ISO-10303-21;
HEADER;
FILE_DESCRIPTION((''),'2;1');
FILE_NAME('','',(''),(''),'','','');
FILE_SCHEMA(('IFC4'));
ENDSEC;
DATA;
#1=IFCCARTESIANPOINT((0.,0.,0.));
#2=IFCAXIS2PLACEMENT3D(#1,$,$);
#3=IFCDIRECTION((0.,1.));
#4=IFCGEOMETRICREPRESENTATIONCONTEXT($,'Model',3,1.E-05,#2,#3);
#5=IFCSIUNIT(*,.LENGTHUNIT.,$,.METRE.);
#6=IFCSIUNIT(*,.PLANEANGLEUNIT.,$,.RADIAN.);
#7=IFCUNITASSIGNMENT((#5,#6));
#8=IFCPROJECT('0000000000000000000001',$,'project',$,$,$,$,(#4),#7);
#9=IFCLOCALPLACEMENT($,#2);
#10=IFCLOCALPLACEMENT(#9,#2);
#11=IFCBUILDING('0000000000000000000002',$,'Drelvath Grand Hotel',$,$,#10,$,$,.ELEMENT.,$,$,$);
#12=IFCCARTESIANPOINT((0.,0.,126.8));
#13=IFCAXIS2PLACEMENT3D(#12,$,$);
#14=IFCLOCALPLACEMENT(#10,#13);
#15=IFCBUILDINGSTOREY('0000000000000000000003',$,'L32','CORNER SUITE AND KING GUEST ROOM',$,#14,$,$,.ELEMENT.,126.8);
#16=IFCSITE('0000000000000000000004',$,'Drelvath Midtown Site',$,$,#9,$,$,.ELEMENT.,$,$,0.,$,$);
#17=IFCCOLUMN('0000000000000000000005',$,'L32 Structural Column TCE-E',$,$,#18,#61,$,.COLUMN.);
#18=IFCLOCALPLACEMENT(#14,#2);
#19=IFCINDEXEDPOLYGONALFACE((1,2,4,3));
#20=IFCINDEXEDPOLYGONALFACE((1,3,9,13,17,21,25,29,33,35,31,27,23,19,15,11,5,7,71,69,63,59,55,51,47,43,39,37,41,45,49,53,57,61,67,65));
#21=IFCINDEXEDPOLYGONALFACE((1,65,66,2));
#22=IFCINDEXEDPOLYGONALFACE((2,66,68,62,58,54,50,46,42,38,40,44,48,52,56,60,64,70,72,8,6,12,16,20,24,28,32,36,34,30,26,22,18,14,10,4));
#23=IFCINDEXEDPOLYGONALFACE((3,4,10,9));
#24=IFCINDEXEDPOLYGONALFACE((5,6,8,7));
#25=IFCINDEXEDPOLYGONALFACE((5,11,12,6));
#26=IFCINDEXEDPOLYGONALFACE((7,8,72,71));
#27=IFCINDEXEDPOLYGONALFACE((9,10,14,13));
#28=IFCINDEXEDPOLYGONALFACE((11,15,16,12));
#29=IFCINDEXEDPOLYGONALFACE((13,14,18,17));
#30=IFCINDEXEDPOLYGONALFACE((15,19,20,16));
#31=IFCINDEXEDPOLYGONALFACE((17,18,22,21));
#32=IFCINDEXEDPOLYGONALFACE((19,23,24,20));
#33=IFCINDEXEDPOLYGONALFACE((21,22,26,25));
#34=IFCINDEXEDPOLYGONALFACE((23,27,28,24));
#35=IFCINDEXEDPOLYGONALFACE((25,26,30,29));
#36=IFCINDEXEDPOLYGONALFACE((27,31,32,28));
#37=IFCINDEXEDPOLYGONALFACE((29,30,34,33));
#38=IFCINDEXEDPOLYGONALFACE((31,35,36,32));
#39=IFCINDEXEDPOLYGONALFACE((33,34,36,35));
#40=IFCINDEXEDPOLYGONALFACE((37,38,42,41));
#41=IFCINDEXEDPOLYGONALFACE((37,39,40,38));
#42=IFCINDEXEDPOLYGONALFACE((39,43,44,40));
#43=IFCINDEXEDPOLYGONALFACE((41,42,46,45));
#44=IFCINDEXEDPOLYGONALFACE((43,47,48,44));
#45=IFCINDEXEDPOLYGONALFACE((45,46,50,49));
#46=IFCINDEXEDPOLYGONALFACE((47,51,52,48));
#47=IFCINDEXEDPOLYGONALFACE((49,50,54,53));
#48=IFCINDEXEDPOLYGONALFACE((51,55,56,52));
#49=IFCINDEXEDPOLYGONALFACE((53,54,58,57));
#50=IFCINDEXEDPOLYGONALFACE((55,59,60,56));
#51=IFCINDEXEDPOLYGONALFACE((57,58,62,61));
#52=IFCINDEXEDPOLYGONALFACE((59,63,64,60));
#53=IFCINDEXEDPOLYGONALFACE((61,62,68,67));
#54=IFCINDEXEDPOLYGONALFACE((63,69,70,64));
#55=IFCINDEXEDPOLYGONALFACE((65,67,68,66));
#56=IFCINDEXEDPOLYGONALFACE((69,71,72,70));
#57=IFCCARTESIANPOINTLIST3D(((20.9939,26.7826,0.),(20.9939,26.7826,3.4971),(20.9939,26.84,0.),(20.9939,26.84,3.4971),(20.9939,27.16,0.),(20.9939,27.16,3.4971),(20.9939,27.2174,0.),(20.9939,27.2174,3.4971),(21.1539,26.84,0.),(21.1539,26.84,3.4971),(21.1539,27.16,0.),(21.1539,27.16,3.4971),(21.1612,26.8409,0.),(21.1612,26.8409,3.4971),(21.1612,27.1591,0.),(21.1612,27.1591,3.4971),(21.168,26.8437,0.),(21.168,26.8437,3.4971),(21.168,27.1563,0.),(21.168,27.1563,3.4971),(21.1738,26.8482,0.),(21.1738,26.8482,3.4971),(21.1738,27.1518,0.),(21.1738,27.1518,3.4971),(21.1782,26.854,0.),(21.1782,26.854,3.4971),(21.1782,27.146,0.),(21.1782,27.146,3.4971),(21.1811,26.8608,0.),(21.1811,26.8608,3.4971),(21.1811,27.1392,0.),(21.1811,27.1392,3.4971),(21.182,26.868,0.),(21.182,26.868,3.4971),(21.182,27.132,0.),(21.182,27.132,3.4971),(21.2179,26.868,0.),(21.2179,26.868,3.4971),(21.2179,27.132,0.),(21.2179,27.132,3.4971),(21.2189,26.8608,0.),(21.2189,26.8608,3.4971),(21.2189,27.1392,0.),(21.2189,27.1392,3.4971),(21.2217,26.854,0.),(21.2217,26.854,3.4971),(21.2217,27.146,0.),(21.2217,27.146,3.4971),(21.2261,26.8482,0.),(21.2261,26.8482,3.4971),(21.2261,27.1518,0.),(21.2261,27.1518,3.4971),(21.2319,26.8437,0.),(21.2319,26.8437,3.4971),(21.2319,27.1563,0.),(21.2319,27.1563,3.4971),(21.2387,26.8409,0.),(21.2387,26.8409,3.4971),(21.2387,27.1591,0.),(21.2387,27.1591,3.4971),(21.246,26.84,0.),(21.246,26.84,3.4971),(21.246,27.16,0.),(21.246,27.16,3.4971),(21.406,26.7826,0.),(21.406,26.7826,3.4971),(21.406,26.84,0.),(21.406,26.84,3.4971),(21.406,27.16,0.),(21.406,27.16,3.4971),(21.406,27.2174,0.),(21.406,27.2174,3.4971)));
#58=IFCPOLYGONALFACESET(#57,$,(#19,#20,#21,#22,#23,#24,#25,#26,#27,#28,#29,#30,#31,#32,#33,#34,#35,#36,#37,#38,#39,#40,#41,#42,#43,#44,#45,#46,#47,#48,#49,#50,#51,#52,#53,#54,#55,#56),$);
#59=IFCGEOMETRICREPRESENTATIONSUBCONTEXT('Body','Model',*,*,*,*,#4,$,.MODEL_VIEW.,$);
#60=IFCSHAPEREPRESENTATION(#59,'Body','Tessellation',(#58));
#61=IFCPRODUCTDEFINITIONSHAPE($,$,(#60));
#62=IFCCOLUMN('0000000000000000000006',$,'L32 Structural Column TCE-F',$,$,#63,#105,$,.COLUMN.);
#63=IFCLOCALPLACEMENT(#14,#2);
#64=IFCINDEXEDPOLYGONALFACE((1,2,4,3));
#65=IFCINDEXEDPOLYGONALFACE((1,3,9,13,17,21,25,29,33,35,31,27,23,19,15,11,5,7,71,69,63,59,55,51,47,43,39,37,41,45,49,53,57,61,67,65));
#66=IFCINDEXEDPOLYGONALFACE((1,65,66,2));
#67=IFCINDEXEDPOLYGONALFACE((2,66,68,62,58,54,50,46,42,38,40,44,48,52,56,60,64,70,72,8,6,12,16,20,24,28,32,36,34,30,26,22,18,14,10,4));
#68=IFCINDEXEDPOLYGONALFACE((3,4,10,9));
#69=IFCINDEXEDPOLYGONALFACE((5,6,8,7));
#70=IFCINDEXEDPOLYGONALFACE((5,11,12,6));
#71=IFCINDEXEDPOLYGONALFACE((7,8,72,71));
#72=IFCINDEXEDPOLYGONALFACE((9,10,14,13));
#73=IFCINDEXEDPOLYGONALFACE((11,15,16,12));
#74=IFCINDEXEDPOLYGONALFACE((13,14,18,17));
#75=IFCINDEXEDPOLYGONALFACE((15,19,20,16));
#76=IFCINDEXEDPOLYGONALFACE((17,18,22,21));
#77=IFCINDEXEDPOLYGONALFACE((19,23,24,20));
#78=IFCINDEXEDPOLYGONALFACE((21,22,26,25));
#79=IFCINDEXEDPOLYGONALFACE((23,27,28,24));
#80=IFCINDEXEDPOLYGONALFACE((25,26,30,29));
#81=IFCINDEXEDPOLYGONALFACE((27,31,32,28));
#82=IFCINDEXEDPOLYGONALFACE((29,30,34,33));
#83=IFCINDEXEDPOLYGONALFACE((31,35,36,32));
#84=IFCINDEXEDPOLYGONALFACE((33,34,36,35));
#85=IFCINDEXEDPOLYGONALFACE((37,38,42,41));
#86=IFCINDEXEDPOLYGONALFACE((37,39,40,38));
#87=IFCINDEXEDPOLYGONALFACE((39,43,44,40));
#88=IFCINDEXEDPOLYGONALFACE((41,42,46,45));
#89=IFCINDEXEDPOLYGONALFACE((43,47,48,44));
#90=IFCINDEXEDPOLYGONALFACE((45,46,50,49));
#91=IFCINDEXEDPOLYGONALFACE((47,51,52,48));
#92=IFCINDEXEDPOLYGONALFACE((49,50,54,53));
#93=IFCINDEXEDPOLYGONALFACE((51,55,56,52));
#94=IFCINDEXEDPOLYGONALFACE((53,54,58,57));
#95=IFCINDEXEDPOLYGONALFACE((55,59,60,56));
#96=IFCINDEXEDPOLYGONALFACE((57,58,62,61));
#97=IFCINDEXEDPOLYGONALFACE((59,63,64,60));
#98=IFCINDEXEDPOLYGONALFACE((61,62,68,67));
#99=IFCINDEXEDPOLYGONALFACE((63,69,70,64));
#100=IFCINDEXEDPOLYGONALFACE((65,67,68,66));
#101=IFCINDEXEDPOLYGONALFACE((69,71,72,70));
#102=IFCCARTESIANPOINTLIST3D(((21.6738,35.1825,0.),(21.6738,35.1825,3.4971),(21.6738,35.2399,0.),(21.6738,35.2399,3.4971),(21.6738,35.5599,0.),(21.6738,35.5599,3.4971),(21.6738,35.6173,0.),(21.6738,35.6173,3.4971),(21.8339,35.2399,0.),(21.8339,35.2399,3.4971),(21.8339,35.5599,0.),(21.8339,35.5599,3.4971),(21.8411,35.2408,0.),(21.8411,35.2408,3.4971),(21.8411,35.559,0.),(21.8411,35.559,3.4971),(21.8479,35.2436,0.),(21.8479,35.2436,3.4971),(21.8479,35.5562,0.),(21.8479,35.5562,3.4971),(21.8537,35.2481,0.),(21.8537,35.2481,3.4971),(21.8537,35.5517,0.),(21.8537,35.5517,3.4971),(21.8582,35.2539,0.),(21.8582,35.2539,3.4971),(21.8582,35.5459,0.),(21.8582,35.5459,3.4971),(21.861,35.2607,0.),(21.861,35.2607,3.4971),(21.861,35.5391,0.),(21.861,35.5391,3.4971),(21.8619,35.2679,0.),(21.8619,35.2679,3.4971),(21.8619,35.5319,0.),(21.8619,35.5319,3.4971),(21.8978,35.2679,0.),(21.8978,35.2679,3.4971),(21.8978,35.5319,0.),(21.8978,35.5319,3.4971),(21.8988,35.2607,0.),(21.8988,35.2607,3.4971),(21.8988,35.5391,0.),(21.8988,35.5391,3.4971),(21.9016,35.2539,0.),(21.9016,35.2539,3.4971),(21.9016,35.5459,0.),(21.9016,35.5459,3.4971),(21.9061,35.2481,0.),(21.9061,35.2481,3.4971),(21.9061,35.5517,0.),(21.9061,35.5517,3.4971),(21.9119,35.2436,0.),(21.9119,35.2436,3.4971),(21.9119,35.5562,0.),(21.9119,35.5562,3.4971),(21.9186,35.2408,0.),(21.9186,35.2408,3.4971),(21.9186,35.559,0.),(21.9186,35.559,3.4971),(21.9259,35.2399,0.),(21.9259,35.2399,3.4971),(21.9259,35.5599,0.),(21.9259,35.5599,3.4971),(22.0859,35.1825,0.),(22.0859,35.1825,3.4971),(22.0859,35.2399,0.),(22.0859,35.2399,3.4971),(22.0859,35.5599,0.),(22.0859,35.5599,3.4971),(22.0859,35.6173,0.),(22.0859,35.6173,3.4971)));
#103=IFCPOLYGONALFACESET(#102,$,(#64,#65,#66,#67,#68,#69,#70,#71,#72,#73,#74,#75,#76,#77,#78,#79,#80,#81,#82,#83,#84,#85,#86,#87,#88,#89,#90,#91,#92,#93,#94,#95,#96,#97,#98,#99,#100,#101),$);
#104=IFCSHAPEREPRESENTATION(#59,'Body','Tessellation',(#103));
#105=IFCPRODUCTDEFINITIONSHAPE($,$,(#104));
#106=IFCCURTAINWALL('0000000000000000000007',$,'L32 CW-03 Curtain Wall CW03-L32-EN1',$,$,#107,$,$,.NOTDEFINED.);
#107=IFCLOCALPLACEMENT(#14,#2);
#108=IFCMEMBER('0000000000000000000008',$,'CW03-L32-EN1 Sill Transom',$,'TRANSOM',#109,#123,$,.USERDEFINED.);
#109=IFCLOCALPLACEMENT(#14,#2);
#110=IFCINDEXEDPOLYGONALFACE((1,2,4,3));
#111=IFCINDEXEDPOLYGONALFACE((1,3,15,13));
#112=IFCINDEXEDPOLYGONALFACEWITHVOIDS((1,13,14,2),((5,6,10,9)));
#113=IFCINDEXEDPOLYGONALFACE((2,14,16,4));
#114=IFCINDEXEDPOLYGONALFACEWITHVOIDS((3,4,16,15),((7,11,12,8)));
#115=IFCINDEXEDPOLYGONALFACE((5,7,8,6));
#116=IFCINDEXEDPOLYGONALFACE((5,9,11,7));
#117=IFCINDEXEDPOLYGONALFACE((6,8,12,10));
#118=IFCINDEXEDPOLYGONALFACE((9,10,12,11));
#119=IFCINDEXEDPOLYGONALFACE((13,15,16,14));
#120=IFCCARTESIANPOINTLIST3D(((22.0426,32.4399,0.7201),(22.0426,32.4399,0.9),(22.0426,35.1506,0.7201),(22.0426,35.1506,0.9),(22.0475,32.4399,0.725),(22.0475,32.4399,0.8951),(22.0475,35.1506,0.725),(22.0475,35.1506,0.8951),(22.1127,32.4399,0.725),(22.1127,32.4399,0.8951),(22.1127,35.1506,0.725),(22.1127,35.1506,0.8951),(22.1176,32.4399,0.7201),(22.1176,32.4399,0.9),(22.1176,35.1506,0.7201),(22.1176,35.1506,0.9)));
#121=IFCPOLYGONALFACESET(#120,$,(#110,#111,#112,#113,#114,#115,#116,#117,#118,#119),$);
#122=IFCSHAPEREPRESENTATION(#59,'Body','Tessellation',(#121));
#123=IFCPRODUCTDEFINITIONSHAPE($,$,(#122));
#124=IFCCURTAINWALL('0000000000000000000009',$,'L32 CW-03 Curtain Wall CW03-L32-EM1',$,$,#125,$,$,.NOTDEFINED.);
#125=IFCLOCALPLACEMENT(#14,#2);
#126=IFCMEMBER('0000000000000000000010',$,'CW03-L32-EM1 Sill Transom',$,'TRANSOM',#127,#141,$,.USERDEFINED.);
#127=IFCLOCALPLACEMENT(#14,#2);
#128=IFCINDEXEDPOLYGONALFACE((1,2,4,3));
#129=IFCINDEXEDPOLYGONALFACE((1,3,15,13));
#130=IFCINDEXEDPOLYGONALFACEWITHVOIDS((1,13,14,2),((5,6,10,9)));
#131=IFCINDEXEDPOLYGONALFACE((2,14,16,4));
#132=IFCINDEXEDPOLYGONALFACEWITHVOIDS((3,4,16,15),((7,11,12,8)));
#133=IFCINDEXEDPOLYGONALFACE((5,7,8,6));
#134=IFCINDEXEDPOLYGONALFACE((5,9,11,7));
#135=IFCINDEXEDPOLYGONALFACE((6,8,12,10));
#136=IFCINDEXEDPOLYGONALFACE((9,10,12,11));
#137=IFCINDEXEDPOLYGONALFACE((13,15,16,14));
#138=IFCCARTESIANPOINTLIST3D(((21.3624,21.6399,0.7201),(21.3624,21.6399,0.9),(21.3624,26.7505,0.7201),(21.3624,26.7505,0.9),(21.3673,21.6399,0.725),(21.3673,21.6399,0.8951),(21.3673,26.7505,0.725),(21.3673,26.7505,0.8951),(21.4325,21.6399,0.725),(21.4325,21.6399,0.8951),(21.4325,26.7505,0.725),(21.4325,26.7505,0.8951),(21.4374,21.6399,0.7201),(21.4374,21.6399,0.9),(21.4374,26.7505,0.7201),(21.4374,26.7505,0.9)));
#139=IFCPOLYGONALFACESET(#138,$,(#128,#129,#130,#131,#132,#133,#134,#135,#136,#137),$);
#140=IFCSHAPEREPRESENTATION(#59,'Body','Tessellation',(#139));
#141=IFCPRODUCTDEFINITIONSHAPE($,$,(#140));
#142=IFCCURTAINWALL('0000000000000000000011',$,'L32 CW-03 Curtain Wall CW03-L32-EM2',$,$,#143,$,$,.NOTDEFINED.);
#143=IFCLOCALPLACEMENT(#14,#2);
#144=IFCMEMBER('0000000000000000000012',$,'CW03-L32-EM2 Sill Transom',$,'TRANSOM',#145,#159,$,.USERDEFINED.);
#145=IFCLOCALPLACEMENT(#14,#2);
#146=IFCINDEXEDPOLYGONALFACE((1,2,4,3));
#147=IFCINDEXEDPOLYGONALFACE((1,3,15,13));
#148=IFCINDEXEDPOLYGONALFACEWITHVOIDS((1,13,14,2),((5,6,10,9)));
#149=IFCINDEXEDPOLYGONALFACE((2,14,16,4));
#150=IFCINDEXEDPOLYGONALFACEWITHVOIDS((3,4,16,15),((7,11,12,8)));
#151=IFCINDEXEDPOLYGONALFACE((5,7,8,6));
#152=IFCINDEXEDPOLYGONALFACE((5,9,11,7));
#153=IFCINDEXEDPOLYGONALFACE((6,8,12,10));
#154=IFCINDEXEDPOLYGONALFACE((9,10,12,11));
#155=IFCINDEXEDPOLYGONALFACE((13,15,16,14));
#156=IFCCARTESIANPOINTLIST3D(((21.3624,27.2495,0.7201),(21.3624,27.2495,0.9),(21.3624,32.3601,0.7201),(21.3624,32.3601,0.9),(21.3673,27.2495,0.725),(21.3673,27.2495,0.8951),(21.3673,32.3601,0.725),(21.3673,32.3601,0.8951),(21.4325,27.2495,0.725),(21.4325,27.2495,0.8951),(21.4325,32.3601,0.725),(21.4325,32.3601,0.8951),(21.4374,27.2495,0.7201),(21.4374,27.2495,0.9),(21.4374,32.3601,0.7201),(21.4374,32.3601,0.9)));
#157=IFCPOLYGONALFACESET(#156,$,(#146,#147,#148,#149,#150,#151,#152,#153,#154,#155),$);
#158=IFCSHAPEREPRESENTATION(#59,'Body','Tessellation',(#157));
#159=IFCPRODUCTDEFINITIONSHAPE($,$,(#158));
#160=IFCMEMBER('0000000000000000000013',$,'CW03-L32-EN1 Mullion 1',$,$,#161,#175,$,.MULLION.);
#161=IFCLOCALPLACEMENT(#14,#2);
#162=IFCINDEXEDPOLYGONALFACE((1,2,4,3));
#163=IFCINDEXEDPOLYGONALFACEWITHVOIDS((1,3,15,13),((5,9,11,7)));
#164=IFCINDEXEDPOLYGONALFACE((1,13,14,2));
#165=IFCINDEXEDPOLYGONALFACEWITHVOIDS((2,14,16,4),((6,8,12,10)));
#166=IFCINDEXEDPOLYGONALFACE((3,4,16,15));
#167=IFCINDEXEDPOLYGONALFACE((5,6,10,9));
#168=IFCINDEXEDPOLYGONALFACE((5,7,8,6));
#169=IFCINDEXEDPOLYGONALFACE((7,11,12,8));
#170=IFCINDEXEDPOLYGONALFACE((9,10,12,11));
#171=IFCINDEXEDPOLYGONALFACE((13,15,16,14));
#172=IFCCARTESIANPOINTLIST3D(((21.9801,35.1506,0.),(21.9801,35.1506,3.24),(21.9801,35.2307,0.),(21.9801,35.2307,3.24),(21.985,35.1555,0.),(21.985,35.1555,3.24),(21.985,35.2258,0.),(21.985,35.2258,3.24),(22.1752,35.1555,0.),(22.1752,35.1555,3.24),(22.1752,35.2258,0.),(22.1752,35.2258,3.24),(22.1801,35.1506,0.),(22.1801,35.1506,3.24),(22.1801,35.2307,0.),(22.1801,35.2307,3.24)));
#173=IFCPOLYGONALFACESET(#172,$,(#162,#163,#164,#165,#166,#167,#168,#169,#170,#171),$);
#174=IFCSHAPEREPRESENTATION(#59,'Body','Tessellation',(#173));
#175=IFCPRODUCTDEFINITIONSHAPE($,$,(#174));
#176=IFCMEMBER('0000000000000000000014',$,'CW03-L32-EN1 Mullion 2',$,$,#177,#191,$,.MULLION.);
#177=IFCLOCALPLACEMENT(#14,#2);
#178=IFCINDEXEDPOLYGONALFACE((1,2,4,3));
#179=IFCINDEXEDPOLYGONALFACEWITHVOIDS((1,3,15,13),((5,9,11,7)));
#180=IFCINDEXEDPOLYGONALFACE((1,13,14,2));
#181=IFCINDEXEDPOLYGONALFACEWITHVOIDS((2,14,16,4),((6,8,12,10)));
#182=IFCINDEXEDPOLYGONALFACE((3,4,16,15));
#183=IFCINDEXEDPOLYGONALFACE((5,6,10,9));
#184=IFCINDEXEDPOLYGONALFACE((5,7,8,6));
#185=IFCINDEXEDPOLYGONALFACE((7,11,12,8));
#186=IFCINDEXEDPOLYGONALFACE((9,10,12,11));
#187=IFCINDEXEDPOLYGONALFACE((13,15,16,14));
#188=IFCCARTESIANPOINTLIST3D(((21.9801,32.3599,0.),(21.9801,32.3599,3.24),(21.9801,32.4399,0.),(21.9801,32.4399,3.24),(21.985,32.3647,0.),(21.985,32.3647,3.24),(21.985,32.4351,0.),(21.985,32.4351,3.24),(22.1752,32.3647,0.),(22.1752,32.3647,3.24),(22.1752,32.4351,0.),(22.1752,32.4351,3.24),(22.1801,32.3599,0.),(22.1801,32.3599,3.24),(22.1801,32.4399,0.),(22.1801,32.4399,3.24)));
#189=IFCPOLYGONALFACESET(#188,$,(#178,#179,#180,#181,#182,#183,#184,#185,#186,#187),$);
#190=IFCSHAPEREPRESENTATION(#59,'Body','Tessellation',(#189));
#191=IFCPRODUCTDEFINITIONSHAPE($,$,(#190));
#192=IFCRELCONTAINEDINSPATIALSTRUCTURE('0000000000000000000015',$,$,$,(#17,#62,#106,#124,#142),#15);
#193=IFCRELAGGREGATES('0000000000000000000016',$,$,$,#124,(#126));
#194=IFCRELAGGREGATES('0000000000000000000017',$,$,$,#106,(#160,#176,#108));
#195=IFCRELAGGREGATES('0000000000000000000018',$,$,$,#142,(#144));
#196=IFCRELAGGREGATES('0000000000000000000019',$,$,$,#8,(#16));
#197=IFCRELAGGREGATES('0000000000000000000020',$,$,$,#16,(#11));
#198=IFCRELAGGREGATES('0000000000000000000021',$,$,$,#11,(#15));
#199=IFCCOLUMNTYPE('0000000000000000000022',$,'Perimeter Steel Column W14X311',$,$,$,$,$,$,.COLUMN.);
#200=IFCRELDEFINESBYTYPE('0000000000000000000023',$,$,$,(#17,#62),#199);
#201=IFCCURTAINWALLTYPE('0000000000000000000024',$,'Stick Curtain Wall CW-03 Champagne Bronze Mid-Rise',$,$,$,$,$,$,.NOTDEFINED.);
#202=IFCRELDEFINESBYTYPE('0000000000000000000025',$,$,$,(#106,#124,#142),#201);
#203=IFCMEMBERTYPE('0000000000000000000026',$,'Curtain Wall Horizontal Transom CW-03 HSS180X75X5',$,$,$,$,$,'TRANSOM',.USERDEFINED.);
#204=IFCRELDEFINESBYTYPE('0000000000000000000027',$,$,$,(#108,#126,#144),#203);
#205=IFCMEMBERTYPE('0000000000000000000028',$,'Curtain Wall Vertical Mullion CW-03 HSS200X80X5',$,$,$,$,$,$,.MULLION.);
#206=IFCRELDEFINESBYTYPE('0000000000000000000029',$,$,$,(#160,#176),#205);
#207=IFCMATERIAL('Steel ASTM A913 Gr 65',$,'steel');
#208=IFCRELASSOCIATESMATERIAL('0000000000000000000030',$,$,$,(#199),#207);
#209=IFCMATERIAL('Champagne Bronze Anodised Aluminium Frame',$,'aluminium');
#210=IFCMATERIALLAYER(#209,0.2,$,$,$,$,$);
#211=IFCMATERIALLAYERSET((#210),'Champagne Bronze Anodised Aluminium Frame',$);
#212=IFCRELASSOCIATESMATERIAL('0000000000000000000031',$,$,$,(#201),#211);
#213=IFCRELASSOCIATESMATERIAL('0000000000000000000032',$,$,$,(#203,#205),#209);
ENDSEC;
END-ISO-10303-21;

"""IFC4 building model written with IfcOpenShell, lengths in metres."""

from ifc_helpers import new_model, si_unit, direction, frame, origin, origin_2d, place, context, subcontext, project, spatial, hollow_rectangle, i_section, extrude, material, layer, layer_set, material_profile, profile_set, type_object, element, aggregate, save


model = new_model("IFC4")

# Units and contexts
model_context = context("Model", 3, precision=1e-05, world=origin(), true_north=direction((0.0, 1.0)))
body_context = subcontext(model_context, "Body", "Model", "MODEL_VIEW")
ifc_project = project(units=[si_unit("LENGTHUNIT", "METRE"), si_unit("PLANEANGLEUNIT", "RADIAN")], contexts=[model_context])

# Site, building, storey
site_placement = place(None, origin())
site = spatial("IfcSite", under=ifc_project, at=site_placement, Name="Drelvath Midtown Site", CompositionType="ELEMENT", RefElevation=0.0)
building_placement = place(site_placement, origin())
building = spatial("IfcBuilding", under=site, at=building_placement, Name="Drelvath Grand Hotel", CompositionType="ELEMENT")
storey_placement = place(building_placement, frame((0.0, 0.0, 126.8)))
storey = spatial("IfcBuildingStorey", under=building, at=storey_placement, Name="L32", Description="CORNER SUITE AND KING GUEST ROOM", CompositionType="ELEMENT", Elevation=126.8)

# Columns
ifc_material_1 = material(Name="Steel ASTM A913 Gr 65", Category="steel")
ifc_material_profile_1 = material_profile(ifc_material_1, i_section(OverallWidth=0.4121, OverallDepth=0.4348, WebThickness=0.0359, FlangeThickness=0.0574, FilletRadius=0.0281, at=origin_2d()), Name="W14X311")
ifc_profile_set_1 = profile_set([ifc_material_profile_1], Name="Steel ASTM A913 Gr 65")
column_type = type_object("IfcColumnType", Name="Perimeter Steel Column W14X311", PredefinedType="COLUMN", material=ifc_profile_set_1)
for number, where, z_axis, x_axis, name in (
    (1, (21.2, 27.0, 0.0), (0.0, 0.0, 1.0), (1.0, 0.0, 0.0), "L32 Structural Column TCE-E"),
    (2, (21.8799, 35.3999, 0.0), (0.0, 0.0, 1.0), (1.0, 0.0, 0.0), "L32 Structural Column TCE-F"),
):
    element("IfcColumn", number, at=place(storey_placement, frame(where, z_axis=z_axis, x_axis=x_axis)), inside=storey, type_object=column_type, Name=name, PredefinedType="COLUMN", context=body_context, shape_type="SweptSolid", body=[
        extrude(i_section(OverallWidth=0.4121, OverallDepth=0.4348, WebThickness=0.0359, FlangeThickness=0.0574, FilletRadius=0.0281, at=origin_2d()), origin(), (0.0, 0.0, 1.0), 3.4971),
    ])

# Curtain walls, members
ifc_material_2 = material(Name="Champagne Bronze Anodised Aluminium Frame", Category="aluminium")
ifc_layer_1 = layer(ifc_material_2, 0.2)
ifc_layer_set_1 = layer_set([ifc_layer_1], Name="Champagne Bronze Anodised Aluminium Frame")
curtain_wall_type = type_object("IfcCurtainWallType", Name="Stick Curtain Wall CW-03 Champagne Bronze Mid-Rise", PredefinedType="NOTDEFINED", material=ifc_layer_set_1)
curtain_wall_1_placement = place(storey_placement, origin())
curtain_wall_1 = element("IfcCurtainWall", 3, at=curtain_wall_1_placement, inside=storey, type_object=curtain_wall_type, Name="L32 CW-03 Curtain Wall CW03-L32-EN1", PredefinedType="NOTDEFINED")
ifc_material_profile_2 = material_profile(ifc_material_2, hollow_rectangle(XDim=0.075, YDim=0.1799, WallThickness=0.0049, at=origin_2d()), Name="HSS180X75X5")
ifc_profile_set_2 = profile_set([ifc_material_profile_2], Name="Champagne Bronze Anodised Aluminium Frame")
member_type_1 = type_object("IfcMemberType", Name="Curtain Wall Horizontal Transom CW-03 HSS180X75X5", ElementType="TRANSOM", PredefinedType="USERDEFINED", material=ifc_profile_set_2)
member_1_placement = place(storey_placement, frame((22.0801, 35.1506, 0.8101), z_axis=(0.0, -1.0, 0.0), x_axis=(1.0, 0.0, 0.0)))
member_1 = element("IfcMember", 4, at=member_1_placement, type_object=member_type_1, Name="CW03-L32-EN1 Sill Transom", ObjectType="TRANSOM", PredefinedType="USERDEFINED", context=body_context, shape_type="SweptSolid", body=[
    extrude(hollow_rectangle(XDim=0.075, YDim=0.1799, WallThickness=0.0049, at=origin_2d()), origin(), (0.0, 0.0, 1.0), 2.7107),
])
curtain_wall_2_placement = place(storey_placement, origin())
curtain_wall_2 = element("IfcCurtainWall", 5, at=curtain_wall_2_placement, inside=storey, type_object=curtain_wall_type, Name="L32 CW-03 Curtain Wall CW03-L32-EM1", PredefinedType="NOTDEFINED")
member_2_placement = place(storey_placement, frame((21.3999, 26.7505, 0.8101), z_axis=(0.0, -1.0, 0.0), x_axis=(1.0, 0.0, 0.0)))
member_2 = element("IfcMember", 6, at=member_2_placement, type_object=member_type_1, Name="CW03-L32-EM1 Sill Transom", ObjectType="TRANSOM", PredefinedType="USERDEFINED", context=body_context, shape_type="SweptSolid", body=[
    extrude(hollow_rectangle(XDim=0.075, YDim=0.1799, WallThickness=0.0049, at=origin_2d()), origin(), (0.0, 0.0, 1.0), 5.1106),
])
curtain_wall_3_placement = place(storey_placement, origin())
curtain_wall_3 = element("IfcCurtainWall", 7, at=curtain_wall_3_placement, inside=storey, type_object=curtain_wall_type, Name="L32 CW-03 Curtain Wall CW03-L32-EM2", PredefinedType="NOTDEFINED")
member_3_placement = place(storey_placement, frame((21.3999, 32.3601, 0.8101), z_axis=(0.0, -1.0, 0.0), x_axis=(1.0, 0.0, 0.0)))
member_3 = element("IfcMember", 8, at=member_3_placement, type_object=member_type_1, Name="CW03-L32-EM2 Sill Transom", ObjectType="TRANSOM", PredefinedType="USERDEFINED", context=body_context, shape_type="SweptSolid", body=[
    extrude(hollow_rectangle(XDim=0.075, YDim=0.1799, WallThickness=0.0049, at=origin_2d()), origin(), (0.0, 0.0, 1.0), 5.1106),
])

# Members
ifc_material_profile_3 = material_profile(ifc_material_2, hollow_rectangle(XDim=0.0801, YDim=0.2, WallThickness=0.0049, at=origin_2d()), Name="HSS200X80X5")
ifc_profile_set_3 = profile_set([ifc_material_profile_3], Name="Champagne Bronze Anodised Aluminium Frame")
member_type_2 = type_object("IfcMemberType", Name="Curtain Wall Vertical Mullion CW-03 HSS200X80X5", PredefinedType="MULLION", material=ifc_profile_set_3)
member_4_placement = place(storey_placement, frame((22.0801, 35.1907, 0.0), z_axis=(0.0, 0.0, 1.0), x_axis=(0.0, 1.0, 0.0)))
member_4 = element("IfcMember", 9, at=member_4_placement, type_object=member_type_2, Name="CW03-L32-EN1 Mullion 1", PredefinedType="MULLION", context=body_context, shape_type="SweptSolid", body=[
    extrude(hollow_rectangle(XDim=0.0801, YDim=0.2, WallThickness=0.0049, at=origin_2d()), origin(), (0.0, 0.0, 1.0), 3.24),
])
member_5_placement = place(storey_placement, frame((22.0801, 32.3999, 0.0), z_axis=(0.0, 0.0, 1.0), x_axis=(0.0, 1.0, 0.0)))
member_5 = element("IfcMember", 10, at=member_5_placement, type_object=member_type_2, Name="CW03-L32-EN1 Mullion 2", PredefinedType="MULLION", context=body_context, shape_type="SweptSolid", body=[
    extrude(hollow_rectangle(XDim=0.0801, YDim=0.2, WallThickness=0.0049, at=origin_2d()), origin(), (0.0, 0.0, 1.0), 3.24),
])

aggregate(curtain_wall_2, [member_2])

aggregate(curtain_wall_1, [member_4, member_5, member_1])
aggregate(curtain_wall_3, [member_3])

save(model, "model.ifc")
